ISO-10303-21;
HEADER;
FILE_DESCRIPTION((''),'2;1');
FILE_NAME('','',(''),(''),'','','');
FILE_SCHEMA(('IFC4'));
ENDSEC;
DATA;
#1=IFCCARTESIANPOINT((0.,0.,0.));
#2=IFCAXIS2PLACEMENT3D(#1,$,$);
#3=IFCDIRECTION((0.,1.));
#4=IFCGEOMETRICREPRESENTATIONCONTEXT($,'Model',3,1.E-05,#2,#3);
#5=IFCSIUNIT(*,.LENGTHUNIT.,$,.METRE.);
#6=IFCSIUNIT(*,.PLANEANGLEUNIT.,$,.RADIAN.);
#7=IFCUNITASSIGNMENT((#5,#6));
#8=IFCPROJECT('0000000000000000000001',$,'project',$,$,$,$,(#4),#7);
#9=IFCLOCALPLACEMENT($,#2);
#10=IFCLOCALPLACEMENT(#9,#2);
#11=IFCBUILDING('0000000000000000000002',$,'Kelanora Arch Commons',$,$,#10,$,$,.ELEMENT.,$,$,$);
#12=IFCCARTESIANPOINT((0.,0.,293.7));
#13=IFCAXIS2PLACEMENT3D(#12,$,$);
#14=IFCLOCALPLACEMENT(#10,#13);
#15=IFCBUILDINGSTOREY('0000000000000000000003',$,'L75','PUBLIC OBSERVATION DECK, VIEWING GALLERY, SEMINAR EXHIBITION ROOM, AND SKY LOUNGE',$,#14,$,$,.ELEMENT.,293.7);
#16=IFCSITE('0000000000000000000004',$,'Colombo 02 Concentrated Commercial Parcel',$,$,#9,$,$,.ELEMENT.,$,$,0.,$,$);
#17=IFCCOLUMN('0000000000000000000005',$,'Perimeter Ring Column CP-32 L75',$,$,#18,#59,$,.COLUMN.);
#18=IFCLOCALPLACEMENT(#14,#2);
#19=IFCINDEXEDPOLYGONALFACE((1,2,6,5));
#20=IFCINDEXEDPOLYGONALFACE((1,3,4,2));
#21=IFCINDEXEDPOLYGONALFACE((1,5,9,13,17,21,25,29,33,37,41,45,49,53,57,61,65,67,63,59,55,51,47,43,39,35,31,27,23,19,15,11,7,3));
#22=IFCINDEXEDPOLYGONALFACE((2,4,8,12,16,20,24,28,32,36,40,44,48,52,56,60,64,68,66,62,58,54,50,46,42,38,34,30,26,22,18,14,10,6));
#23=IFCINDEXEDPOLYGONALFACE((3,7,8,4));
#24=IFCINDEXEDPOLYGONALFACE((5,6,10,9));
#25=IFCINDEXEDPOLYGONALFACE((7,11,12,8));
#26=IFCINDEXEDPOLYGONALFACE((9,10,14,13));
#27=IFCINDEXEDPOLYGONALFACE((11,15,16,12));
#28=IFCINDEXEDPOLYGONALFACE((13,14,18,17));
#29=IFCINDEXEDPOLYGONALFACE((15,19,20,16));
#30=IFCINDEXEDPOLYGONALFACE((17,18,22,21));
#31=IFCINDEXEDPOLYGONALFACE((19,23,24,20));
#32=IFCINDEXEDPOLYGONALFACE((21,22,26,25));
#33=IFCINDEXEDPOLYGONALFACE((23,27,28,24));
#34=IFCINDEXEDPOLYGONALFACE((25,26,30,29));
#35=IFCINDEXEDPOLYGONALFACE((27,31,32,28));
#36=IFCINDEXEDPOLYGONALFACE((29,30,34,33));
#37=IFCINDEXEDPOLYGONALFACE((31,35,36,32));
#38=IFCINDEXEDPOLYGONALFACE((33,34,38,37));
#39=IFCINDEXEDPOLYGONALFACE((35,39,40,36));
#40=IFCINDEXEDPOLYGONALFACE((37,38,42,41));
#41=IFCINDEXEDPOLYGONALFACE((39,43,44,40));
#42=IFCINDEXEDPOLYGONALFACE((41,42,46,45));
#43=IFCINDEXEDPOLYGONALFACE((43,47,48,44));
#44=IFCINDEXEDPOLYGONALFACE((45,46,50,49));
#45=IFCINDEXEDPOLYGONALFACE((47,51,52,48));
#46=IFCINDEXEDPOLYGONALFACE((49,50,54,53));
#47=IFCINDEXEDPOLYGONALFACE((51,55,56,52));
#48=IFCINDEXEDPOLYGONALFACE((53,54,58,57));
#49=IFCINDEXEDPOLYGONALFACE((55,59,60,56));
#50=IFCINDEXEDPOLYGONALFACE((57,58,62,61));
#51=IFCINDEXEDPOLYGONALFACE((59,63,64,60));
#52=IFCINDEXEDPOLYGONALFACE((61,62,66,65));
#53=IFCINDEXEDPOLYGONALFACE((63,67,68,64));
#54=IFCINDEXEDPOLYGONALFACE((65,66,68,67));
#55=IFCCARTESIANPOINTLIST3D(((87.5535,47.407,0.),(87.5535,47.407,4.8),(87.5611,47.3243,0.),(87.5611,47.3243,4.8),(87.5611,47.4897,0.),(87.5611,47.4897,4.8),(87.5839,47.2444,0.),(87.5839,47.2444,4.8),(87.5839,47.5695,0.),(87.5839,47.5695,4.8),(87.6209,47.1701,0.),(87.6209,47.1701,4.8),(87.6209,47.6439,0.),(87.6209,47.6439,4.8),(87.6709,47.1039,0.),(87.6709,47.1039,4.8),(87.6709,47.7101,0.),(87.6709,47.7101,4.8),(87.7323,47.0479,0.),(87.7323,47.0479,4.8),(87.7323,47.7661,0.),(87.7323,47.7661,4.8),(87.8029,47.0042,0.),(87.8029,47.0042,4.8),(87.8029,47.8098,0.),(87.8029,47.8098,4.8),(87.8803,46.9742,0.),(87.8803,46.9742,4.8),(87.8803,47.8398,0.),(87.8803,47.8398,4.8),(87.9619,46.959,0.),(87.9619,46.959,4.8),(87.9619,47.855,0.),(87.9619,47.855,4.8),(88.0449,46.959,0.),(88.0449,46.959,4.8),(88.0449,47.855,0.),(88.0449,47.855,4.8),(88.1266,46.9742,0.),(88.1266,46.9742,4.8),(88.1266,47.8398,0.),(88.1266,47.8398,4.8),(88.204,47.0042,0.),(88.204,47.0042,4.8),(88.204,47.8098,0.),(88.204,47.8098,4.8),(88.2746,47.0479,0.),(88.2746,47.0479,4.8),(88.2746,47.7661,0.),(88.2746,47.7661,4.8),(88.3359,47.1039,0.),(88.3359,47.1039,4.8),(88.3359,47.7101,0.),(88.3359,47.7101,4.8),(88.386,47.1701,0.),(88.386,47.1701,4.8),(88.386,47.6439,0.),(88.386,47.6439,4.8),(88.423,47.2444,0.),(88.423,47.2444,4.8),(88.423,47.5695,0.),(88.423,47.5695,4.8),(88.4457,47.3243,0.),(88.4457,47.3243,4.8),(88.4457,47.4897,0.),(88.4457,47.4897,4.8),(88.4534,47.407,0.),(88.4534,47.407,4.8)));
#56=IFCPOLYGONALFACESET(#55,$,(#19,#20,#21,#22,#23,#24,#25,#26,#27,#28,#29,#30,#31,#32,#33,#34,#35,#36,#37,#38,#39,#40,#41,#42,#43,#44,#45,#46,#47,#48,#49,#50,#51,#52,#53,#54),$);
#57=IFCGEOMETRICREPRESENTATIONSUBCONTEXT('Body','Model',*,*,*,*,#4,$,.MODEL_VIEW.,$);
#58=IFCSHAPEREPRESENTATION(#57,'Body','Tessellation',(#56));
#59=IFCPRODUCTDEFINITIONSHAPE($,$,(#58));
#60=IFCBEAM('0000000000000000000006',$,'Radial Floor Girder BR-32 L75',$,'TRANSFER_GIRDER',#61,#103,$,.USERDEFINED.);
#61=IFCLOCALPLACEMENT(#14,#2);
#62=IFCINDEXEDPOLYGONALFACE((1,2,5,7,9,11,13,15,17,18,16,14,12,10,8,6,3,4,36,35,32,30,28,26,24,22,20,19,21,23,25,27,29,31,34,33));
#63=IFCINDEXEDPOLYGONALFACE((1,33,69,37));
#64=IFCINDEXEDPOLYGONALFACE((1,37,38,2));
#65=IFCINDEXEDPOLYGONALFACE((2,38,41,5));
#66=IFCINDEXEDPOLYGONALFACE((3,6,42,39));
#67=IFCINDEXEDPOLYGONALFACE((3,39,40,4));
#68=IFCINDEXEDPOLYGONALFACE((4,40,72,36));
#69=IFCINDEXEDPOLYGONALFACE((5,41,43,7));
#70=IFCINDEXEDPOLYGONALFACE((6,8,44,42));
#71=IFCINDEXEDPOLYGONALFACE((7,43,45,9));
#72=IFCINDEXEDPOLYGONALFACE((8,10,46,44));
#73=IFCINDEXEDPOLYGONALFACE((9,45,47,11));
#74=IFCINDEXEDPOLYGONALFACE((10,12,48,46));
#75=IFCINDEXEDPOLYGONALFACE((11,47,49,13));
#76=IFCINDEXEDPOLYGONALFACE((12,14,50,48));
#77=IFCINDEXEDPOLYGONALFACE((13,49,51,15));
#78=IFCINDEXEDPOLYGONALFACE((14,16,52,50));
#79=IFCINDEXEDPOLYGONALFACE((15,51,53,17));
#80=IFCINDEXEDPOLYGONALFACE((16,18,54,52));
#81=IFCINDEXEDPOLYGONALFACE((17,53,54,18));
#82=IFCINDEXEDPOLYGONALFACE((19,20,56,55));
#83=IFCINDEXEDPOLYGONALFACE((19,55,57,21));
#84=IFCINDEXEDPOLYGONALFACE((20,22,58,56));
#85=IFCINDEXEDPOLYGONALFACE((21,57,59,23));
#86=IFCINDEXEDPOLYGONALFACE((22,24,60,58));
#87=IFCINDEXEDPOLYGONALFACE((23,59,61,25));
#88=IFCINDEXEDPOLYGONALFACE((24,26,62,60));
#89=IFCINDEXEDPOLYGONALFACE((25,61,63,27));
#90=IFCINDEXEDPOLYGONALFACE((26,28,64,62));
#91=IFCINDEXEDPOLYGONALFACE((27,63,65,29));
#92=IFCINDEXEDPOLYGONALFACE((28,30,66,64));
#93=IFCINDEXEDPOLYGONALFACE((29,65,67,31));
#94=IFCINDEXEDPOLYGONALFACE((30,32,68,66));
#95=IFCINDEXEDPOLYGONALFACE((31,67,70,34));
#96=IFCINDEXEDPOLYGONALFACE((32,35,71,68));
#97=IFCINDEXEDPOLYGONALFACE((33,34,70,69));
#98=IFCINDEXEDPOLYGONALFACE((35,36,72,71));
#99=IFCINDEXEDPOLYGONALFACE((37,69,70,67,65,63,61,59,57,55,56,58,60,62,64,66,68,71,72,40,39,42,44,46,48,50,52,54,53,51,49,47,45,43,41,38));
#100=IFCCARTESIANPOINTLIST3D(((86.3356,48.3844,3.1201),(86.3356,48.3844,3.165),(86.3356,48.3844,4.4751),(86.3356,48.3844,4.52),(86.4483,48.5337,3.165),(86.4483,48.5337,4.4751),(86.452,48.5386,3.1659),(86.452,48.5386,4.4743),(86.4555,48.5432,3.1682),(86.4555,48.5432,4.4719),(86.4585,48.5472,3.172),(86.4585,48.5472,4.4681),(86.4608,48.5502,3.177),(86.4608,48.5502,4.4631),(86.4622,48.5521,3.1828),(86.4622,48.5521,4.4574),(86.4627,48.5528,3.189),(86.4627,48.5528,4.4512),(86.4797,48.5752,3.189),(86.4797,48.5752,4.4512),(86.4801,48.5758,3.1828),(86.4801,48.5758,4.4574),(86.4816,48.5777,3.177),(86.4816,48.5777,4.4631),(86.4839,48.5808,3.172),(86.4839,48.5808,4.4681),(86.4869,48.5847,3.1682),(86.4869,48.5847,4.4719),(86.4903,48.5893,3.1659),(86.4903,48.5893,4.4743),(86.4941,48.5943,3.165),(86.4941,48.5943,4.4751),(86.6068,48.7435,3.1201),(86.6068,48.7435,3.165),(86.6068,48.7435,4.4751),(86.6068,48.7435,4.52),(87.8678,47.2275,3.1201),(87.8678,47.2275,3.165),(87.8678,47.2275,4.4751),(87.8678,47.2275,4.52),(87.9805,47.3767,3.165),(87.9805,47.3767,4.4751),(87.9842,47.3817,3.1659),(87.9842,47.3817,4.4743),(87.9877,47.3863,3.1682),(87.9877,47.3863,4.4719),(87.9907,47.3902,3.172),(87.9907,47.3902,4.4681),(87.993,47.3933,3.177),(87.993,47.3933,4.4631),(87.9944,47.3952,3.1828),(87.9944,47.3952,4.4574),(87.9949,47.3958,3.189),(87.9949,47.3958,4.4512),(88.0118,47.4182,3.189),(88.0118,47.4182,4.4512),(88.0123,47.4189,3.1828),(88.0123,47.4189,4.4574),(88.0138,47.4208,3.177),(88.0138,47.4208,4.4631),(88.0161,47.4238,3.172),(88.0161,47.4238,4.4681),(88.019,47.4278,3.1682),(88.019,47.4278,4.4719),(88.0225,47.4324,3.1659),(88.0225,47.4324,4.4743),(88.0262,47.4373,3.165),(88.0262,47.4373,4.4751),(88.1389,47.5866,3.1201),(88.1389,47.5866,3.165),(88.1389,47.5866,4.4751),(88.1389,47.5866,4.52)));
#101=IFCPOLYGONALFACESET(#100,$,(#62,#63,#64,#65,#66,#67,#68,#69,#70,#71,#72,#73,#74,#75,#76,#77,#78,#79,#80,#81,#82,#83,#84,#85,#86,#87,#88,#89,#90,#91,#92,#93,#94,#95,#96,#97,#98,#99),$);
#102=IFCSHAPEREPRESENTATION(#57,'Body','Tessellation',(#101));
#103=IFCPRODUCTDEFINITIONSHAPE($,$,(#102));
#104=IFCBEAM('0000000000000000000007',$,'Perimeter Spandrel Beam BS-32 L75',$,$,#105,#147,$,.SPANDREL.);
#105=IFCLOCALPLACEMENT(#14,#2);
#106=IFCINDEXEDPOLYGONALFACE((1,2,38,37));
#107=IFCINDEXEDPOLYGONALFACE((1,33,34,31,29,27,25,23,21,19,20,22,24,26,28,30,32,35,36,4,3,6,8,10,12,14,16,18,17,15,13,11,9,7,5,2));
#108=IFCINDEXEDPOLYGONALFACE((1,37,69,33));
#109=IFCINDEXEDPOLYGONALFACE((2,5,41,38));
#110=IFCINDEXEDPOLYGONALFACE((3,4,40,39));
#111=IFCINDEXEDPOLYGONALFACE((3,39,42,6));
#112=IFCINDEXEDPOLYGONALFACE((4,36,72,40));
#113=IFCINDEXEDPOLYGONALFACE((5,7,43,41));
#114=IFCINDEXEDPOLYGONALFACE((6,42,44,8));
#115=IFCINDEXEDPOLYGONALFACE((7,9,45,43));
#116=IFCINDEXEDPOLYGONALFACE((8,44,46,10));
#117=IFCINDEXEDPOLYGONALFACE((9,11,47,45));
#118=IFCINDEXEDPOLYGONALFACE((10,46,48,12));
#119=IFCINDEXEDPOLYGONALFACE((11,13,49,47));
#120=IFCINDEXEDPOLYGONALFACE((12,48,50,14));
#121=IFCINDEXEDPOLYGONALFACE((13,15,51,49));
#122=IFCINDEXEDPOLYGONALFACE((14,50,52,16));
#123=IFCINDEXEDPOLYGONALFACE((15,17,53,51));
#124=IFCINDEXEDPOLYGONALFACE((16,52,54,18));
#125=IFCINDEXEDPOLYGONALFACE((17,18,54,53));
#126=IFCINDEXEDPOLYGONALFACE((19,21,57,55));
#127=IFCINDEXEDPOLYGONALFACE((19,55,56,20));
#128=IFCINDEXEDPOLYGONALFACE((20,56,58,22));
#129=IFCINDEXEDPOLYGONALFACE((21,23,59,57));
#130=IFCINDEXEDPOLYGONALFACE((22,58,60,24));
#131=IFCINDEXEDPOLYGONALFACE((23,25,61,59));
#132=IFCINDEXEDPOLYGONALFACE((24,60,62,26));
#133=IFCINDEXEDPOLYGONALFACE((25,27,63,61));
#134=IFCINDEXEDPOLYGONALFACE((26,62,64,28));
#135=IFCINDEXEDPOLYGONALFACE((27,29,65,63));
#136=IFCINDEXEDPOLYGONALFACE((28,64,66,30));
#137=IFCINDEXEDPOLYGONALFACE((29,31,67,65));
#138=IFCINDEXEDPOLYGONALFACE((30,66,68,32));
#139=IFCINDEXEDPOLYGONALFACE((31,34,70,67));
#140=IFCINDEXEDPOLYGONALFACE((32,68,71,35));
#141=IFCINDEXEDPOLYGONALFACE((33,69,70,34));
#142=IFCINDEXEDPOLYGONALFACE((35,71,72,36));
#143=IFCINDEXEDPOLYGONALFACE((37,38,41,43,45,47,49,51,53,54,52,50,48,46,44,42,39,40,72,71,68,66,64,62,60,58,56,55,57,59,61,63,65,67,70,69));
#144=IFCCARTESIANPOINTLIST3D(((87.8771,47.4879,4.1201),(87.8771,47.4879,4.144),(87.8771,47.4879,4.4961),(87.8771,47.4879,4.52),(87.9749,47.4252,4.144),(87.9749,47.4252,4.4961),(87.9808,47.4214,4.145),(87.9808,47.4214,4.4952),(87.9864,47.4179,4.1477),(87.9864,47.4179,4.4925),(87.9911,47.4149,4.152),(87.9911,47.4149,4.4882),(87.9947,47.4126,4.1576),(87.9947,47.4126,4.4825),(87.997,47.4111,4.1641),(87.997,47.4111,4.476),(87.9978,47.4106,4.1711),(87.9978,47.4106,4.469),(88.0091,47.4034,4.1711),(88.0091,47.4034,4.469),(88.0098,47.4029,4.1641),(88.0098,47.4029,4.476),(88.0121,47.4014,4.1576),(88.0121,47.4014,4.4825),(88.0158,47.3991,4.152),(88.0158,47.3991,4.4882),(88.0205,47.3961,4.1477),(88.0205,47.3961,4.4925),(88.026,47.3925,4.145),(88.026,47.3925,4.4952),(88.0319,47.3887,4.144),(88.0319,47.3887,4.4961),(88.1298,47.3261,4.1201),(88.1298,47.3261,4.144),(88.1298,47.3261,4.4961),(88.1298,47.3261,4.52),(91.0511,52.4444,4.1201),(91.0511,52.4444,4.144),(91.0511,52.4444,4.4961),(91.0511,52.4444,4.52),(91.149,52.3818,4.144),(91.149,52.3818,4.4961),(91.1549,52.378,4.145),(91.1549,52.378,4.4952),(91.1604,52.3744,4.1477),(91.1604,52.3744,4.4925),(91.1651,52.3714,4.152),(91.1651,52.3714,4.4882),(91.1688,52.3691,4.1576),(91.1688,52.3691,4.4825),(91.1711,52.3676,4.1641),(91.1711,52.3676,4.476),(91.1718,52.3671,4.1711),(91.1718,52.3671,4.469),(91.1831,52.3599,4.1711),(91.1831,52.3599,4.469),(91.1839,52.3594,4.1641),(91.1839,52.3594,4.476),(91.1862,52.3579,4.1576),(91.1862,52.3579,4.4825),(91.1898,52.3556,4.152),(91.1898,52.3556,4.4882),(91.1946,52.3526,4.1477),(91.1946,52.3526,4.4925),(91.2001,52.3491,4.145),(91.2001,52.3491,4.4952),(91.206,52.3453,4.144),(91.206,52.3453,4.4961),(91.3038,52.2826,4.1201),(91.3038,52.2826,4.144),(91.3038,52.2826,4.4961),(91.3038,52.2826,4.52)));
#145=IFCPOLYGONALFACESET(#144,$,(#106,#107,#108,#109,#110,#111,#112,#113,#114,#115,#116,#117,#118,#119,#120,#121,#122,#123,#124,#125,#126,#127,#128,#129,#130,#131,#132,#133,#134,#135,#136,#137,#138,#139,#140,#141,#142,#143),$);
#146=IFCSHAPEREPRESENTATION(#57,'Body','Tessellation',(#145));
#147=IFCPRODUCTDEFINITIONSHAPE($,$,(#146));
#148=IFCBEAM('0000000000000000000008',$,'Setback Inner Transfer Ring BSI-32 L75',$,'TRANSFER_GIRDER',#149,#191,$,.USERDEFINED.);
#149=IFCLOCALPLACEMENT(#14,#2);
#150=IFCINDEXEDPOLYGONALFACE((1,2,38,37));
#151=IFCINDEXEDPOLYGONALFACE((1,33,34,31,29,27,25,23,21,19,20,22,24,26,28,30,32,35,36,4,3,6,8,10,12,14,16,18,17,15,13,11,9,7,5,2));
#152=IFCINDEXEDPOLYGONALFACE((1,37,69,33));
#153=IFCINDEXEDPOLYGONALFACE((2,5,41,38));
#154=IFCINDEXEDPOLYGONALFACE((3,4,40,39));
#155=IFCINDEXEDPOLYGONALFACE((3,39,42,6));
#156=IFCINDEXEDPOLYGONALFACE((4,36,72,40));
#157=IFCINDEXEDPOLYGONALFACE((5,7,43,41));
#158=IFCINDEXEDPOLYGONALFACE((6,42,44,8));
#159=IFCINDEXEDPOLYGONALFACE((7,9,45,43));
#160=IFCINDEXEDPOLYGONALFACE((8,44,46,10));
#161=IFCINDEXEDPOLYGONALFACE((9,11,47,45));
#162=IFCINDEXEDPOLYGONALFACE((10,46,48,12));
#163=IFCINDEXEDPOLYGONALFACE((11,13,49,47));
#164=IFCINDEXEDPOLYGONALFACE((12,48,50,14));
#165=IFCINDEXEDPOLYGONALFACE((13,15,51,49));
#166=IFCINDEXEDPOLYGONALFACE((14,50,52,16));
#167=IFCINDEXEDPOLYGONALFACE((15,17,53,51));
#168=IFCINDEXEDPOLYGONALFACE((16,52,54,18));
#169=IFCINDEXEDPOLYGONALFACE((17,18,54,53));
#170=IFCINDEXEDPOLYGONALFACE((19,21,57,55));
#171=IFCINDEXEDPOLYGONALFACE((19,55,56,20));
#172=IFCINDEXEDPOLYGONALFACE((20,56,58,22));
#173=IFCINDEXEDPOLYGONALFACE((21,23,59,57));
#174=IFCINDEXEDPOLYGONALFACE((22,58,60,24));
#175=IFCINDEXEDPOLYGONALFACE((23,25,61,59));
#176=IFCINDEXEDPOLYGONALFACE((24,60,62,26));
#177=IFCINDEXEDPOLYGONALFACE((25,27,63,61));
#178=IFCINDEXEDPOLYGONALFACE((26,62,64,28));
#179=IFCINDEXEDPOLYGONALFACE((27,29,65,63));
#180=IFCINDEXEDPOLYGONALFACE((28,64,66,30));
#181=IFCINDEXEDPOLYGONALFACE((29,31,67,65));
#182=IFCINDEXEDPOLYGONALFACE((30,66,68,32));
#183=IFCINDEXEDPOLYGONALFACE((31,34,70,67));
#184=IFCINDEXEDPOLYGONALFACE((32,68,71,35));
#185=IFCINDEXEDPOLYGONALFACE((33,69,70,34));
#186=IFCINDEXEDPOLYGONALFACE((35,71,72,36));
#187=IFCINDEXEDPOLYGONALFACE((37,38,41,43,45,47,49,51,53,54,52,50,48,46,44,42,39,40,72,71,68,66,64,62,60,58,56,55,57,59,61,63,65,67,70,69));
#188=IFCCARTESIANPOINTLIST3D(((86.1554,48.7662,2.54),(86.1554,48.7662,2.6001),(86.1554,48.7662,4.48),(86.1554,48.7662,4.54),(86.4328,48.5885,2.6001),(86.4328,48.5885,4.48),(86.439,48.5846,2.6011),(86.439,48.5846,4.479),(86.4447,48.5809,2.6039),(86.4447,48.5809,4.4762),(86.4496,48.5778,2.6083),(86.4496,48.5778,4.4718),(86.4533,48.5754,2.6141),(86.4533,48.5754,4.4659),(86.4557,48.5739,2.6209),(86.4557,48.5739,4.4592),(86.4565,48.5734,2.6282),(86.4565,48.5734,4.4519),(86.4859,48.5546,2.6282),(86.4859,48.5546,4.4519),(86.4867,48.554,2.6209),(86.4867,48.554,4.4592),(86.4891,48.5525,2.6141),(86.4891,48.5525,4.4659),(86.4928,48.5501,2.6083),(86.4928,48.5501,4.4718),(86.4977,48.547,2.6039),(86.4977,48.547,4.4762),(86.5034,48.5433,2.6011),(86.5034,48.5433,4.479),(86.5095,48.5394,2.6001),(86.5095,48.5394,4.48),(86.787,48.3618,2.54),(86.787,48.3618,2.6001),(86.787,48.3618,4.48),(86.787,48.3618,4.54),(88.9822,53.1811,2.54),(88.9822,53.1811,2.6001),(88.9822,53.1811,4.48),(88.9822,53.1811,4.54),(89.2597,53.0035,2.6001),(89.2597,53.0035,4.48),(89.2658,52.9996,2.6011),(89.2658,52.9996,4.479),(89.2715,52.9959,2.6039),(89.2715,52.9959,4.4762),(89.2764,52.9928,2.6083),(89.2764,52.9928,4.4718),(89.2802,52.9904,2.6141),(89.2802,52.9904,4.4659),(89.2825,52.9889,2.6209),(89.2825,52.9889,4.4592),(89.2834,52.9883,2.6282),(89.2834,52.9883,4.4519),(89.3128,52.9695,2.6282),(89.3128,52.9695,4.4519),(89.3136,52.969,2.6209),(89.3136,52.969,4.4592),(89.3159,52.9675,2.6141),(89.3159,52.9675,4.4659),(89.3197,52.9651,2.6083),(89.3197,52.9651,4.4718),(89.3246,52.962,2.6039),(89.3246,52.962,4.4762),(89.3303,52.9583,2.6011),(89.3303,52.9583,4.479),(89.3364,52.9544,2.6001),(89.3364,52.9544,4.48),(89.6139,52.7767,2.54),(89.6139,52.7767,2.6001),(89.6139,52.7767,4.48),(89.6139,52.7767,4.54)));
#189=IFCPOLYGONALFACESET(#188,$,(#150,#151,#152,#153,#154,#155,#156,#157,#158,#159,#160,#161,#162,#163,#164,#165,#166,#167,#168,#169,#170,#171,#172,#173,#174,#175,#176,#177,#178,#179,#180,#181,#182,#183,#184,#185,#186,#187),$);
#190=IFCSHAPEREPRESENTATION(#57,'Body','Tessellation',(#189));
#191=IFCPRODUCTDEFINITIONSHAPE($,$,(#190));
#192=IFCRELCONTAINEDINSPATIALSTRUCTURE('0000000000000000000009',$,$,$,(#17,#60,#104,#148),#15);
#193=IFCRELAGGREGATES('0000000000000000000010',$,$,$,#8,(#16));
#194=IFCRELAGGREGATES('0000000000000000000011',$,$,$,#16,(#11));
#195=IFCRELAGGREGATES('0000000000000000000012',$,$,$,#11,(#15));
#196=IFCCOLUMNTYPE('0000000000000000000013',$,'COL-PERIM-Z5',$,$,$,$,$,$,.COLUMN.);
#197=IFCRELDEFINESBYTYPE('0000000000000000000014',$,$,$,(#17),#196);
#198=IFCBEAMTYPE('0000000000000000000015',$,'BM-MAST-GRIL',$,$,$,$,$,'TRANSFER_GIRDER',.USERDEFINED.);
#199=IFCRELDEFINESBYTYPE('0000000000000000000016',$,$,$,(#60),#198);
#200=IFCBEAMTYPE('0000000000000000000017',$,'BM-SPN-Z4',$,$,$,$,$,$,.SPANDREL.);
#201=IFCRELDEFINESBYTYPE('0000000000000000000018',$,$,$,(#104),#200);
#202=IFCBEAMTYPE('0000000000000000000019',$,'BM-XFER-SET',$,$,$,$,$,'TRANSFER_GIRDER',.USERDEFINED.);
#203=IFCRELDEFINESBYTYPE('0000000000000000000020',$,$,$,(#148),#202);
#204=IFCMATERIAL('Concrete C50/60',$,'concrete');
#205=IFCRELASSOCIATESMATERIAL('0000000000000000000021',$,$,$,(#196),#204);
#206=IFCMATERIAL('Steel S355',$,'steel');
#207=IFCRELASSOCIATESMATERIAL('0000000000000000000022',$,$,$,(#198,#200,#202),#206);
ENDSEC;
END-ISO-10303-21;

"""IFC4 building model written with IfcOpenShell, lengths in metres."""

from ifc_helpers import new_model, si_unit, direction, frame, origin, origin_2d, place, context, subcontext, project, spatial, circle, i_section, extrude, material, material_profile, profile_set, type_object, element, save


model = new_model("IFC4")

# Units and contexts
model_context = context("Model", 3, precision=1e-05, world=origin(), true_north=direction((0.0, 1.0)))
body_context = subcontext(model_context, "Body", "Model", "MODEL_VIEW")
ifc_project = project(units=[si_unit("LENGTHUNIT", "METRE"), si_unit("PLANEANGLEUNIT", "RADIAN")], contexts=[model_context])

# Site, building, storey
site_placement = place(None, origin())
site = spatial("IfcSite", under=ifc_project, at=site_placement, Name="Colombo 02 Concentrated Commercial Parcel", CompositionType="ELEMENT", RefElevation=0.0)
building_placement = place(site_placement, origin())
building = spatial("IfcBuilding", under=site, at=building_placement, Name="Kelanora Arch Commons", CompositionType="ELEMENT")
storey_placement = place(building_placement, frame((0.0, 0.0, 293.7)))
storey = spatial("IfcBuildingStorey", under=building, at=storey_placement, Name="L75", Description="PUBLIC OBSERVATION DECK, VIEWING GALLERY, SEMINAR EXHIBITION ROOM, AND SKY LOUNGE", CompositionType="ELEMENT", Elevation=293.7)

# Column
ifc_material_1 = material(Name="Concrete C50/60", Category="concrete")
ifc_material_profile_1 = material_profile(ifc_material_1, circle(Radius=0.45, at=origin_2d()), Name="RCC900")
ifc_profile_set_1 = profile_set([ifc_material_profile_1], Name="Concrete C50/60")
column_type = type_object("IfcColumnType", Name="COL-PERIM-Z5", PredefinedType="COLUMN", material=ifc_profile_set_1)
column_placement = place(storey_placement, frame((88.0034, 47.407, 0.0), z_axis=(0.0, 0.0, 1.0), x_axis=(1.0, 0.0, 0.0)))
element("IfcColumn", 1, at=column_placement, inside=storey, type_object=column_type, Name="Perimeter Ring Column CP-32 L75", PredefinedType="COLUMN", context=body_context, shape_type="SweptSolid", body=[
    extrude(circle(Radius=0.45, at=origin_2d()), origin(), (0.0, 0.0, 1.0), 4.8),
])

# Beams
ifc_material_2 = material(Name="Steel S355", Category="steel")
ifc_material_profile_2 = material_profile(ifc_material_2, i_section(OverallWidth=0.45, OverallDepth=1.3999, WebThickness=0.0281, FlangeThickness=0.0449, FilletRadius=0.0239, at=origin_2d()), Name="PG1400x450")
ifc_profile_set_2 = profile_set([ifc_material_profile_2], Name="Steel S355")
beam_type_1 = type_object("IfcBeamType", Name="BM-MAST-GRIL", ElementType="TRANSFER_GIRDER", PredefinedType="USERDEFINED", material=ifc_profile_set_2)
beam_1_placement = place(storey_placement, frame((86.4712, 48.564, 3.8201), z_axis=(0.798043, -0.602601, 0.0), x_axis=(0.602601, 0.798043, 0.0)))
element("IfcBeam", 2, at=beam_1_placement, inside=storey, type_object=beam_type_1, Name="Radial Floor Girder BR-32 L75", ObjectType="TRANSFER_GIRDER", PredefinedType="USERDEFINED", context=body_context, shape_type="SweptSolid", body=[
    extrude(i_section(OverallWidth=0.45, OverallDepth=1.3999, WebThickness=0.0281, FlangeThickness=0.0449, FilletRadius=0.0239, at=origin_2d()), origin(), (0.0, 0.0, 1.0), 1.9199),
])
ifc_material_profile_3 = material_profile(ifc_material_2, i_section(OverallWidth=0.3, OverallDepth=0.3999, WebThickness=0.0134, FlangeThickness=0.0239, FilletRadius=0.0271, at=origin_2d()), Name="HEB400")
ifc_profile_set_3 = profile_set([ifc_material_profile_3], Name="Steel S355")
beam_type_2 = type_object("IfcBeamType", Name="BM-SPN-Z4", PredefinedType="SPANDREL", material=ifc_profile_set_3)
beam_2_placement = place(storey_placement, frame((88.0034, 47.407, 4.3201), z_axis=(0.539281, 0.842126, 0.0), x_axis=(-0.842126, 0.539281, 0.0)))
element("IfcBeam", 3, at=beam_2_placement, inside=storey, type_object=beam_type_2, Name="Perimeter Spandrel Beam BS-32 L75", PredefinedType="SPANDREL", context=body_context, shape_type="SweptSolid", body=[
    extrude(i_section(OverallWidth=0.3, OverallDepth=0.3999, WebThickness=0.0134, FlangeThickness=0.0239, FilletRadius=0.0271, at=origin_2d()), origin(), (0.0, 0.0, 1.0), 5.8857),
])
ifc_material_profile_4 = material_profile(ifc_material_2, i_section(OverallWidth=0.75, OverallDepth=2.0, WebThickness=0.0349, FlangeThickness=0.0601, FilletRadius=0.0281, at=origin_2d()), Name="PG2000x750")
ifc_profile_set_4 = profile_set([ifc_material_profile_4], Name="Steel S355")
beam_type_3 = type_object("IfcBeamType", Name="BM-XFER-SET", ElementType="TRANSFER_GIRDER", PredefinedType="USERDEFINED", material=ifc_profile_set_4)
beam_3_placement = place(storey_placement, frame((86.4712, 48.564, 3.54), z_axis=(0.539227, 0.842161, 0.0), x_axis=(-0.842161, 0.539227, 0.0)))
element("IfcBeam", 4, at=beam_3_placement, inside=storey, type_object=beam_type_3, Name="Setback Inner Transfer Ring BSI-32 L75", ObjectType="TRANSFER_GIRDER", PredefinedType="USERDEFINED", context=body_context, shape_type="SweptSolid", body=[
    extrude(i_section(OverallWidth=0.75, OverallDepth=2.0, WebThickness=0.0349, FlangeThickness=0.0601, FilletRadius=0.0281, at=origin_2d()), origin(), (0.0, 0.0, 1.0), 5.2424),
])

save(model, "model.ifc")
